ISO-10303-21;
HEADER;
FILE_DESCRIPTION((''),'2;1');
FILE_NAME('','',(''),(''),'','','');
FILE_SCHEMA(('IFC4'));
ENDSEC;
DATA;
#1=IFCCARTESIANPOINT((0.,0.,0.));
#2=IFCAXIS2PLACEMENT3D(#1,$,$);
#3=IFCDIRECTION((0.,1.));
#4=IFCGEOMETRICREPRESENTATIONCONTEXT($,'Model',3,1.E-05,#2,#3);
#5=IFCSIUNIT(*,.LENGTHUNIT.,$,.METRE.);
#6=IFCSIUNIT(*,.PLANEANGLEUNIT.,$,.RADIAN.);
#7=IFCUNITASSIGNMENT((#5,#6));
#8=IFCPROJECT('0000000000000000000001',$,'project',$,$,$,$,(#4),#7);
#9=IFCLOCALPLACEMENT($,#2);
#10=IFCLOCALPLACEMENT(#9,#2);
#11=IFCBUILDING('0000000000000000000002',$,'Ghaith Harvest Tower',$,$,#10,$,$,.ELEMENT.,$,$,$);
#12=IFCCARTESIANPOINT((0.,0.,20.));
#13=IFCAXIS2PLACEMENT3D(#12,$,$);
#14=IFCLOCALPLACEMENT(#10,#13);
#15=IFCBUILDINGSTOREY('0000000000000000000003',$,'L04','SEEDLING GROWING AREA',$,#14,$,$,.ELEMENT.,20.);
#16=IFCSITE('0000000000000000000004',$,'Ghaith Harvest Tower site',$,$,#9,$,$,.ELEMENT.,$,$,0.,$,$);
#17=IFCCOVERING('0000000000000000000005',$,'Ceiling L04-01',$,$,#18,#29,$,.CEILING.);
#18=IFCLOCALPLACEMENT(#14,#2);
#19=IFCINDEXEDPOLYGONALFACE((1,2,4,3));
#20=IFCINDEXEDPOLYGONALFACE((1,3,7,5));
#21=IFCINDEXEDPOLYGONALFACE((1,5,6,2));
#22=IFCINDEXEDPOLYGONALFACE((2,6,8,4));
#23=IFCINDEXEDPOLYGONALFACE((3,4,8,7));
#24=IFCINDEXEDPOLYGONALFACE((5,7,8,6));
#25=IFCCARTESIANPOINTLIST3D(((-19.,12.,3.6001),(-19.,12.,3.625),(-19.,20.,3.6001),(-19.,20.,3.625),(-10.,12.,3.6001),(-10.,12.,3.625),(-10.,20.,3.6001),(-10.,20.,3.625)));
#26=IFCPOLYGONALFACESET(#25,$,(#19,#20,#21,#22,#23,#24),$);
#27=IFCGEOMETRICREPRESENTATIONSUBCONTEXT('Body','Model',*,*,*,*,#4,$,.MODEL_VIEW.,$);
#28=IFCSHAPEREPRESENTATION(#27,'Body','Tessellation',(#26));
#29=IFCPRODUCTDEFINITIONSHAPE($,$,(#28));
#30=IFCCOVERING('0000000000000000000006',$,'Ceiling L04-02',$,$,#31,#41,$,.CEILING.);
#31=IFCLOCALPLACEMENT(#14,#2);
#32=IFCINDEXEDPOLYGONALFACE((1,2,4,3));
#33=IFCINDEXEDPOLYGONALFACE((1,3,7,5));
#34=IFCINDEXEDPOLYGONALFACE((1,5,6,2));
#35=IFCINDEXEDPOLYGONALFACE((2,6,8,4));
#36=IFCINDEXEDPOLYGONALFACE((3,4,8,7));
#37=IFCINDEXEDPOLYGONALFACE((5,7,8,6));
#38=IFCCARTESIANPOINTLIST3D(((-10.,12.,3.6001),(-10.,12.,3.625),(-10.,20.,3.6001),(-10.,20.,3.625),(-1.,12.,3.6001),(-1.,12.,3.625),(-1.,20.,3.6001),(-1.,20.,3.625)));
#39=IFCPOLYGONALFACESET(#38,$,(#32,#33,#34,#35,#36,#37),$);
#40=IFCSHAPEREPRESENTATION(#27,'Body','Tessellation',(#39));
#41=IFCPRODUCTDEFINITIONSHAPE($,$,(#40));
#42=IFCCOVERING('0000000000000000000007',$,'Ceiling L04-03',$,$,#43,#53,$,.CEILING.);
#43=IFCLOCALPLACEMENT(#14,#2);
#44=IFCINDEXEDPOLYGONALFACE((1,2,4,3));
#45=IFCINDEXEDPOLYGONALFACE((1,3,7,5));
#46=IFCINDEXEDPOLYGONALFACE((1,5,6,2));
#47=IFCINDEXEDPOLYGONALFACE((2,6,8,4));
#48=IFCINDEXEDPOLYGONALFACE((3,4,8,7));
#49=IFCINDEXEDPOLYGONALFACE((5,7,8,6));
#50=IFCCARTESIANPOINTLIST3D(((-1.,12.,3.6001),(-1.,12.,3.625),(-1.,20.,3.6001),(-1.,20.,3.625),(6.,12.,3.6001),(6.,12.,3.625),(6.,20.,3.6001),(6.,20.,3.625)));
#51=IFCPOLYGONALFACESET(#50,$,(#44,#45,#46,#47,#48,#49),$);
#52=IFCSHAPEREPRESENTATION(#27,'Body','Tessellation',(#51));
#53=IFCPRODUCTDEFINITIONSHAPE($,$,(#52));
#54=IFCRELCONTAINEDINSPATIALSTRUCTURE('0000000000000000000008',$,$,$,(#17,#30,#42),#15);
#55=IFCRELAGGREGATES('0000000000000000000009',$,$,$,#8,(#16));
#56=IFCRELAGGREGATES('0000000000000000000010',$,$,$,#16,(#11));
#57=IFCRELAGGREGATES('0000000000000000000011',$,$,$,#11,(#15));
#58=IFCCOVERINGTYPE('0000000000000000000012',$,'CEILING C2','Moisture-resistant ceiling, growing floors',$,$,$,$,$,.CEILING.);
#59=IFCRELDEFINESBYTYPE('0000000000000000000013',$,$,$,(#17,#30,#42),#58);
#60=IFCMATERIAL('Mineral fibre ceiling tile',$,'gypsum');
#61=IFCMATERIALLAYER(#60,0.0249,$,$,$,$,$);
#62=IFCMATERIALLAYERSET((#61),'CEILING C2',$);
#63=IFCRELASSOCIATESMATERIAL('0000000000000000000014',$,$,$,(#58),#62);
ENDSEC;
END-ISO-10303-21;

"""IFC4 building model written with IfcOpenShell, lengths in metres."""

from ifc_helpers import new_model, si_unit, direction, frame, origin, place, context, subcontext, project, spatial, polyline, outline, extrude, material, layer, layer_set, type_object, element, save


model = new_model("IFC4")

# Units and contexts
model_context = context("Model", 3, precision=1e-05, world=origin(), true_north=direction((0.0, 1.0)))
body_context = subcontext(model_context, "Body", "Model", "MODEL_VIEW")
ifc_project = project(units=[si_unit("LENGTHUNIT", "METRE"), si_unit("PLANEANGLEUNIT", "RADIAN")], contexts=[model_context])

# Site, building, storey
site_placement = place(None, origin())
site = spatial("IfcSite", under=ifc_project, at=site_placement, Name="Ghaith Harvest Tower site", CompositionType="ELEMENT", RefElevation=0.0)
building_placement = place(site_placement, origin())
building = spatial("IfcBuilding", under=site, at=building_placement, Name="Ghaith Harvest Tower", CompositionType="ELEMENT")
storey_placement = place(building_placement, frame((0.0, 0.0, 20.0)))
storey = spatial("IfcBuildingStorey", under=building, at=storey_placement, Name="L04", Description="SEEDLING GROWING AREA", CompositionType="ELEMENT", Elevation=20.0)

# Coverings
ifc_material_1 = material(Name="Mineral fibre ceiling tile", Category="gypsum")
ifc_layer_1 = layer(ifc_material_1, 0.0249)
ifc_layer_set_1 = layer_set([ifc_layer_1], Name="CEILING C2")
covering_type = type_object("IfcCoveringType", Name="CEILING C2", Description="Moisture-resistant ceiling, growing floors", PredefinedType="CEILING", material=ifc_layer_set_1)
covering_1_placement = place(storey_placement, frame((0.0, 0.0, 3.6001)))
element("IfcCovering", 1, at=covering_1_placement, inside=storey, type_object=covering_type, Name="Ceiling L04-01", PredefinedType="CEILING", context=body_context, shape_type="SweptSolid", body=[
    extrude(outline(polyline([(-19.0, 12.0), (-10.0, 12.0), (-10.0, 20.0), (-19.0, 20.0), (-19.0, 12.0)])), origin(), (0.0, 0.0, 1.0), 0.0249),
])
covering_2_placement = place(storey_placement, frame((0.0, 0.0, 3.6001)))
element("IfcCovering", 2, at=covering_2_placement, inside=storey, type_object=covering_type, Name="Ceiling L04-02", PredefinedType="CEILING", context=body_context, shape_type="SweptSolid", body=[
    extrude(outline(polyline([(-10.0, 12.0), (-1.0, 12.0), (-1.0, 20.0), (-10.0, 20.0), (-10.0, 12.0)])), origin(), (0.0, 0.0, 1.0), 0.0249),
])
covering_3_placement = place(storey_placement, frame((0.0, 0.0, 3.6001)))
element("IfcCovering", 3, at=covering_3_placement, inside=storey, type_object=covering_type, Name="Ceiling L04-03", PredefinedType="CEILING", context=body_context, shape_type="SweptSolid", body=[
    extrude(outline(polyline([(-1.0, 12.0), (6.0, 12.0), (6.0, 20.0), (-1.0, 20.0), (-1.0, 12.0)])), origin(), (0.0, 0.0, 1.0), 0.0249),
])

save(model, "model.ifc")
